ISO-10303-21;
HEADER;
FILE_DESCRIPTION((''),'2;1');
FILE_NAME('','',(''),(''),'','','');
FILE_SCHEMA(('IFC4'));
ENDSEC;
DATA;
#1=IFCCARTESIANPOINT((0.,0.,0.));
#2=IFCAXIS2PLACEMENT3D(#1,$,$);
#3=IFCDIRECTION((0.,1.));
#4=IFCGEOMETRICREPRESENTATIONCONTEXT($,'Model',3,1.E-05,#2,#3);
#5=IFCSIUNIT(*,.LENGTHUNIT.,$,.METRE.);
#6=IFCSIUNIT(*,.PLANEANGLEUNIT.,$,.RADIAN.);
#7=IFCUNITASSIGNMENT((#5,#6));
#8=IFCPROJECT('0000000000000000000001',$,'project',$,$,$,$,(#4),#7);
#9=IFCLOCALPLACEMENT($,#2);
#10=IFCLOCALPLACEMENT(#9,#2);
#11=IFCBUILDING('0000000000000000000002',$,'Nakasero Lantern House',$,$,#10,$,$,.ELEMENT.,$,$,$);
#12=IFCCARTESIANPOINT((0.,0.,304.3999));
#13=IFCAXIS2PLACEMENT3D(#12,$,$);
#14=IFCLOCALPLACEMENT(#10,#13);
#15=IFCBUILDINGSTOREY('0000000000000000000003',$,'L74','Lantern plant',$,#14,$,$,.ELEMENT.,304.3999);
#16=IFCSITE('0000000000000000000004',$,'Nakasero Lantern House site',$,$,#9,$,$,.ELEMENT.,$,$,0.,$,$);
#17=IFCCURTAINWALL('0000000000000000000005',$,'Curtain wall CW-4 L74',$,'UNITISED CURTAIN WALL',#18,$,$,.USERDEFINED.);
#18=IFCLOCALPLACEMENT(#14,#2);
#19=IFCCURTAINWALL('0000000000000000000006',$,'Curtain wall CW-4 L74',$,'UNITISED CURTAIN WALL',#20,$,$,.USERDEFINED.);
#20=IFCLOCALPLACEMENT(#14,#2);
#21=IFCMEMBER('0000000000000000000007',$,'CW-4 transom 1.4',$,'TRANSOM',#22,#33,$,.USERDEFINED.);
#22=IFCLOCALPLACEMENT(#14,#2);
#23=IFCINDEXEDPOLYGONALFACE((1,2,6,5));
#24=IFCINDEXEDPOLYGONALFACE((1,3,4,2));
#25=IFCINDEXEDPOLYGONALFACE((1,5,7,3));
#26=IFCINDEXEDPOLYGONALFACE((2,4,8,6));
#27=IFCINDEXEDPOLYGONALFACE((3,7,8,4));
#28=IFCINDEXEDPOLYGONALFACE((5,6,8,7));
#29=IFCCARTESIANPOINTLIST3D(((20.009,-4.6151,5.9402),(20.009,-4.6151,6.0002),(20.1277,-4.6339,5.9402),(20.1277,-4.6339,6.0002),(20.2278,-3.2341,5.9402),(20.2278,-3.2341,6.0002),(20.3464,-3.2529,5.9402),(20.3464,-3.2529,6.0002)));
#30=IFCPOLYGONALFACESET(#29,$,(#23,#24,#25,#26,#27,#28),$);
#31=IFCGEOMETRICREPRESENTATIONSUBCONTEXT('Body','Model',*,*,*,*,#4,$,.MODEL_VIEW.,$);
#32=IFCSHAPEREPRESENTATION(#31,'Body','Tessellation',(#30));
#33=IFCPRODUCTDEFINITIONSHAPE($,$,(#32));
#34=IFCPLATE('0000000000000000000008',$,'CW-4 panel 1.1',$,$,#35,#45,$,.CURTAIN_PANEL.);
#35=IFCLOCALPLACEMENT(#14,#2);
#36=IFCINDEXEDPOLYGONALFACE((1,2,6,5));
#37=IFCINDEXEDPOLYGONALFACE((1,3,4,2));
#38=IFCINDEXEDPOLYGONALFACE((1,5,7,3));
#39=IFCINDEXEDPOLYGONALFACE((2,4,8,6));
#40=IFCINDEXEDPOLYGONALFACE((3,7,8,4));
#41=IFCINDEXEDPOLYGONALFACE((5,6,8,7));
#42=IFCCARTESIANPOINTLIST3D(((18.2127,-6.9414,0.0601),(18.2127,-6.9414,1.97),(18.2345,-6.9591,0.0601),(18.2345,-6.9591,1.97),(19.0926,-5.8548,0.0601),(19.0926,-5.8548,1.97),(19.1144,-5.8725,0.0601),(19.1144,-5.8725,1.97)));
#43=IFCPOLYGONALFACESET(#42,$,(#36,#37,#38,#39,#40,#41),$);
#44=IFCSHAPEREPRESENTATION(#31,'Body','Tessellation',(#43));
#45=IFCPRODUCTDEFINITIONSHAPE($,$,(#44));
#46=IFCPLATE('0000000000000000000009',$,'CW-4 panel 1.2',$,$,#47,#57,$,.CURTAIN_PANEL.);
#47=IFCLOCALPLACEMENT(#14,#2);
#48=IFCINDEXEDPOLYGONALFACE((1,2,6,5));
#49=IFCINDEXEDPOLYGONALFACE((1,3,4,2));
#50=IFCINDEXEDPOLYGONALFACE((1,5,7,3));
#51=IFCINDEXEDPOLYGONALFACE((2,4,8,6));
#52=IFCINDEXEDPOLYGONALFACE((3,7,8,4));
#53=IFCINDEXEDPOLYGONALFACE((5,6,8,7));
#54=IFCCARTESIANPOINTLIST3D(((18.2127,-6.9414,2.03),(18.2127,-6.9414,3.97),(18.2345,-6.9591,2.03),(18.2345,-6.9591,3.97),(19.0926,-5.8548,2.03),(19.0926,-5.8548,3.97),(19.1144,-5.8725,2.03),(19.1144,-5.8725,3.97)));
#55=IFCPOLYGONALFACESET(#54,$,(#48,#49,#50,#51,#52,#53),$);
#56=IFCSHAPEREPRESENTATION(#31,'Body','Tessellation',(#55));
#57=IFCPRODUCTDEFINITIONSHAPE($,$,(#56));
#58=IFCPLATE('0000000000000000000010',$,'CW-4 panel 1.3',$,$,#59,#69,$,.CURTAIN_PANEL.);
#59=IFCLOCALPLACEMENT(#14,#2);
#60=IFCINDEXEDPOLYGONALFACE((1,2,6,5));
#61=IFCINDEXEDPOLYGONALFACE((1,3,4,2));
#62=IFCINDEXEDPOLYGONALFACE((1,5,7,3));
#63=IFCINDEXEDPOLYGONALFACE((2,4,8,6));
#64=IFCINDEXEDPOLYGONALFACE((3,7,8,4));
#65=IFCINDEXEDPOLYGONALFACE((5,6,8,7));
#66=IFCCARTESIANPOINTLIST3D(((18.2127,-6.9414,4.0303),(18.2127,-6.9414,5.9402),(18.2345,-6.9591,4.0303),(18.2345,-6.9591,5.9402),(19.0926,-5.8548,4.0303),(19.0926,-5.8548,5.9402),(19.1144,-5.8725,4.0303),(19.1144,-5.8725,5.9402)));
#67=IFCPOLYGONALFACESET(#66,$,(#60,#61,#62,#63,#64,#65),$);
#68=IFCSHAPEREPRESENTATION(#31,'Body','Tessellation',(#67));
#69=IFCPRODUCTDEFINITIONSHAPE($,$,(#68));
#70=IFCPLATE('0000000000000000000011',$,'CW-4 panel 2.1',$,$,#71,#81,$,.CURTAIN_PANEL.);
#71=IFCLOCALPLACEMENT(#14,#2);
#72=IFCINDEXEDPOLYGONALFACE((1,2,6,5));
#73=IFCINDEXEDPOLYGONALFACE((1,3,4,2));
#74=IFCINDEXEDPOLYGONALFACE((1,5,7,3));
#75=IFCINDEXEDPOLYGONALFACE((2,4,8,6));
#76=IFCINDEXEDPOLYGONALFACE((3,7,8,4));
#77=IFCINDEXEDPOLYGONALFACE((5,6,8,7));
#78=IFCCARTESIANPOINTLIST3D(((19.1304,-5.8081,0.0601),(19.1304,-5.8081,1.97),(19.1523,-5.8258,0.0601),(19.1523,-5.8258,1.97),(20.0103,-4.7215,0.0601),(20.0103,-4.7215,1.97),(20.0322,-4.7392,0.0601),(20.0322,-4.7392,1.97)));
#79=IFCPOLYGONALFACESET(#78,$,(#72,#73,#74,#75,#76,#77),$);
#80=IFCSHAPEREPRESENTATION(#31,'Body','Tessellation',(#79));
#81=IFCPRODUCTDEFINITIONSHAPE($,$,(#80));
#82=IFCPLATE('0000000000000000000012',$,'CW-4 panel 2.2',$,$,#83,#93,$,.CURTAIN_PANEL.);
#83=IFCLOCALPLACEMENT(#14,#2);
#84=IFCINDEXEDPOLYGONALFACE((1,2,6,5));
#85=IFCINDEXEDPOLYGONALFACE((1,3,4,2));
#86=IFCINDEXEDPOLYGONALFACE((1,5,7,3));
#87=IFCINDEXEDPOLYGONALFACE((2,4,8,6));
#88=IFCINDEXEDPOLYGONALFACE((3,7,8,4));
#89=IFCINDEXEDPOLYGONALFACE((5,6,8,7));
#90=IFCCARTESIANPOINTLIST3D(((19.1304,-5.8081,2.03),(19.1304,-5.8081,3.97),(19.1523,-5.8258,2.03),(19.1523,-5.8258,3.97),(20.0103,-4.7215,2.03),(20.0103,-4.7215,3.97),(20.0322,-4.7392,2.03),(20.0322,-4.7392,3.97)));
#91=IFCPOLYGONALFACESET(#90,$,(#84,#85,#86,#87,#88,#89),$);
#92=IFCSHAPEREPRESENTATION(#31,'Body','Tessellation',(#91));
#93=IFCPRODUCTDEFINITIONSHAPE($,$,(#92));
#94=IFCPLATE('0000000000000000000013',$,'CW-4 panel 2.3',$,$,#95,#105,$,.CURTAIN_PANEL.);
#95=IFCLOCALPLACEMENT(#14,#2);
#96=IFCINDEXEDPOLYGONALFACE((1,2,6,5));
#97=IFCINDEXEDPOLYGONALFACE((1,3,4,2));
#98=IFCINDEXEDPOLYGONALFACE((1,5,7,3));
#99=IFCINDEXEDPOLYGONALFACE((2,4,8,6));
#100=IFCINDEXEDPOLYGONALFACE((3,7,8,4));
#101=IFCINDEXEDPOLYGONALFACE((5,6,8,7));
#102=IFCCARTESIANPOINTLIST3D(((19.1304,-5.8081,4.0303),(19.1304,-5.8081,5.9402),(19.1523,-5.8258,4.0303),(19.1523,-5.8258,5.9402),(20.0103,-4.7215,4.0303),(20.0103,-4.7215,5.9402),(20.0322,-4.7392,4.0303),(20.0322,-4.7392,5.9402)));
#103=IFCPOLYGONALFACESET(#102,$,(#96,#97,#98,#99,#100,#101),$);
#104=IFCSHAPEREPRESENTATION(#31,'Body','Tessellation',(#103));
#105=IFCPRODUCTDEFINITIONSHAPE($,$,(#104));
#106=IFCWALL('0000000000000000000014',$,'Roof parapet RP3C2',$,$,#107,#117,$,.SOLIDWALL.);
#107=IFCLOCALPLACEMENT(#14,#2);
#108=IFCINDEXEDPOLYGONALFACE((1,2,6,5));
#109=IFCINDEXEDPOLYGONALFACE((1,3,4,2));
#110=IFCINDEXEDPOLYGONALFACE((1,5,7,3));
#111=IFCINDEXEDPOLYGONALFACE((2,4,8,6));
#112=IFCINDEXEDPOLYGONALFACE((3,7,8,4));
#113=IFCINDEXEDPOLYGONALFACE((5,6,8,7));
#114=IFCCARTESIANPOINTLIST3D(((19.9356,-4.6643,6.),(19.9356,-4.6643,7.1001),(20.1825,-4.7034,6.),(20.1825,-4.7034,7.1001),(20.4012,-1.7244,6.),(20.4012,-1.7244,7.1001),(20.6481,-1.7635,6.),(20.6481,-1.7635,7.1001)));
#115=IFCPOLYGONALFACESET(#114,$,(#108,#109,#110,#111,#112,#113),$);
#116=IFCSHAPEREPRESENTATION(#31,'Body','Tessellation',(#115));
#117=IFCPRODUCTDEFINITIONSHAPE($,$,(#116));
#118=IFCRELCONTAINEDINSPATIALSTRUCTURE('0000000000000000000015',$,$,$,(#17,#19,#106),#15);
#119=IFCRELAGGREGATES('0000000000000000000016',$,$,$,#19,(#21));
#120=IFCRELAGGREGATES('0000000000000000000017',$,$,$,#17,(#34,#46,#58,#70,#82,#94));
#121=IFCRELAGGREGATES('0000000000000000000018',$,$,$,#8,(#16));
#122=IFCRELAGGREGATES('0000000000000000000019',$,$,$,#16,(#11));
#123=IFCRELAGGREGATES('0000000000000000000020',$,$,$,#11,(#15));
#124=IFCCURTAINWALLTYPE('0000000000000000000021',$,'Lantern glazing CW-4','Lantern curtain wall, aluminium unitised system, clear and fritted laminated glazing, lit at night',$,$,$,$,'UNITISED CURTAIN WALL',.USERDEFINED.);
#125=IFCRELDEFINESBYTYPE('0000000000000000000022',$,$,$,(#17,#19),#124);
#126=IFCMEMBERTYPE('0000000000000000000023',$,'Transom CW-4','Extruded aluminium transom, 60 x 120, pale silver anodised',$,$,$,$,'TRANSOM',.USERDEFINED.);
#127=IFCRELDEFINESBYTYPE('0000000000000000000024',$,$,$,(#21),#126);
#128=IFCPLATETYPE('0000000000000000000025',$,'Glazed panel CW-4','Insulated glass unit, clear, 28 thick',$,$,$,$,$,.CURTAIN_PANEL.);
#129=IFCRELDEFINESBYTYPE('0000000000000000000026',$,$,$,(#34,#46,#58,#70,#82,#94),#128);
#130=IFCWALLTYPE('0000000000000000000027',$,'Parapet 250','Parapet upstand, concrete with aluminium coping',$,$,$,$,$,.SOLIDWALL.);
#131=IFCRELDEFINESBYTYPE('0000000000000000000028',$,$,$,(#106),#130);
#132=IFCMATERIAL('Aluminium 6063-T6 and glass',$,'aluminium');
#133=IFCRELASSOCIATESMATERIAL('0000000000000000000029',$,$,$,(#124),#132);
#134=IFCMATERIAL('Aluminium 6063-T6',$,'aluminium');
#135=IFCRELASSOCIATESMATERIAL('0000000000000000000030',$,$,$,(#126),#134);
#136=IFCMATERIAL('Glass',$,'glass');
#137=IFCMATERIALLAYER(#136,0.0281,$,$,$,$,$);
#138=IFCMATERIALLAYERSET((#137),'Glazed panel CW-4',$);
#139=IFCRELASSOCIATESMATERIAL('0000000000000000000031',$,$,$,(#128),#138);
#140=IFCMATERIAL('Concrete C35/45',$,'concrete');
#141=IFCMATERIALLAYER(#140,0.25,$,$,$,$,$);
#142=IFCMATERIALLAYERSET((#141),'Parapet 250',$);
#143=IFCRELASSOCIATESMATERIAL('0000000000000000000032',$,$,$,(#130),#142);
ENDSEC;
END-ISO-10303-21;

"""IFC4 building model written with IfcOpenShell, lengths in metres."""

from ifc_helpers import new_model, si_unit, direction, frame, frame_2d, origin, origin_2d, place, context, subcontext, project, spatial, rectangle, extrude, material, layer, layer_set, material_profile, profile_set, type_object, element, aggregate, save


model = new_model("IFC4")

# Units and contexts
model_context = context("Model", 3, precision=1e-05, world=origin(), true_north=direction((0.0, 1.0)))
body_context = subcontext(model_context, "Body", "Model", "MODEL_VIEW")
ifc_project = project(units=[si_unit("LENGTHUNIT", "METRE"), si_unit("PLANEANGLEUNIT", "RADIAN")], contexts=[model_context])

# Site, building, storey
site_placement = place(None, origin())
site = spatial("IfcSite", under=ifc_project, at=site_placement, Name="Nakasero Lantern House site", CompositionType="ELEMENT", RefElevation=0.0)
building_placement = place(site_placement, origin())
building = spatial("IfcBuilding", under=site, at=building_placement, Name="Nakasero Lantern House", CompositionType="ELEMENT")
storey_placement = place(building_placement, frame((0.0, 0.0, 304.3999)))
storey = spatial("IfcBuildingStorey", under=building, at=storey_placement, Name="L74", Description="Lantern plant", CompositionType="ELEMENT", Elevation=304.3999)

# Curtain wall
ifc_material_1 = material(Name="Aluminium 6063-T6 and glass", Category="aluminium")
curtain_wall_type = type_object("IfcCurtainWallType", Name="Lantern glazing CW-4", Description="Lantern curtain wall, aluminium unitised system, clear and fritted laminated glazing, lit at night", ElementType="UNITISED CURTAIN WALL", PredefinedType="USERDEFINED", material=ifc_material_1)
curtain_wall_1_placement = place(storey_placement, origin())
curtain_wall_1 = element("IfcCurtainWall", 1, at=curtain_wall_1_placement, inside=storey, type_object=curtain_wall_type, Name="Curtain wall CW-4 L74", ObjectType="UNITISED CURTAIN WALL", PredefinedType="USERDEFINED")

# Curtain wall
curtain_wall_2_placement = place(storey_placement, origin())
curtain_wall_2 = element("IfcCurtainWall", 2, at=curtain_wall_2_placement, inside=storey, type_object=curtain_wall_type, Name="Curtain wall CW-4 L74", ObjectType="UNITISED CURTAIN WALL", PredefinedType="USERDEFINED")

# Member
ifc_material_2 = material(Name="Aluminium 6063-T6", Category="aluminium")
ifc_material_profile_1 = material_profile(ifc_material_2, rectangle(XDim=0.0601, YDim=0.1201, at=origin_2d()), Name="CW-4 transom 60x120")
ifc_profile_set_1 = profile_set([ifc_material_profile_1], Name="Aluminium 6063-T6")
member_type_1 = type_object("IfcMemberType", Name="Transom CW-4", Description="Extruded aluminium transom, 60 x 120, pale silver anodised", ElementType="TRANSOM", PredefinedType="USERDEFINED", material=ifc_profile_set_1)
member_1_placement = place(storey_placement, frame((20.0684, -4.6245, 5.9702), z_axis=(0.156465, 0.987684, 0.0), x_axis=(0.0, 0.0, 1.0)))
member_1 = element("IfcMember", 3, at=member_1_placement, type_object=member_type_1, Name="CW-4 transom 1.4", ObjectType="TRANSOM", PredefinedType="USERDEFINED", context=body_context, shape_type="SweptSolid", body=[
    extrude(rectangle(XDim=0.0601, YDim=0.1201, at=origin_2d()), origin(), (0.0, 0.0, 1.0), 1.3982),
])
aggregate(curtain_wall_2, [member_1])

# Plates
ifc_material_3 = material(Name="Glass", Category="glass")
ifc_layer_1 = layer(ifc_material_3, 0.0281)
ifc_layer_set_1 = layer_set([ifc_layer_1], Name="Glazed panel CW-4")
plate_type = type_object("IfcPlateType", Name="Glazed panel CW-4", Description="Insulated glass unit, clear, 28 thick", PredefinedType="CURTAIN_PANEL", material=ifc_layer_set_1)
plate_1_placement = place(storey_placement, frame((18.6636, -6.407, 0.0601), z_axis=(0.0, 0.0, 1.0), x_axis=(0.62932, 0.777146, 0.0)))
plate_1 = element("IfcPlate", 4, at=plate_1_placement, type_object=plate_type, Name="CW-4 panel 1.1", PredefinedType="CURTAIN_PANEL", context=body_context, shape_type="SweptSolid", body=[
    extrude(rectangle(XDim=1.3982, YDim=0.0281, at=origin_2d()), origin(), (0.0, 0.0, 1.0), 1.9099),
])
plate_2_placement = place(storey_placement, frame((18.6636, -6.407, 2.03), z_axis=(0.0, 0.0, 1.0), x_axis=(0.62932, 0.777146, 0.0)))
plate_2 = element("IfcPlate", 5, at=plate_2_placement, type_object=plate_type, Name="CW-4 panel 1.2", PredefinedType="CURTAIN_PANEL", context=body_context, shape_type="SweptSolid", body=[
    extrude(rectangle(XDim=1.3982, YDim=0.0281, at=origin_2d()), origin(), (0.0, 0.0, 1.0), 1.9399),
])
plate_3_placement = place(storey_placement, frame((18.6636, -6.407, 4.0303), z_axis=(0.0, 0.0, 1.0), x_axis=(0.62932, 0.777146, 0.0)))
plate_3 = element("IfcPlate", 6, at=plate_3_placement, type_object=plate_type, Name="CW-4 panel 1.3", PredefinedType="CURTAIN_PANEL", context=body_context, shape_type="SweptSolid", body=[
    extrude(rectangle(XDim=1.3982, YDim=0.0281, at=origin_2d()), origin(), (0.0, 0.0, 1.0), 1.9099),
])
plate_4_placement = place(storey_placement, frame((19.5813, -5.2737, 0.0601), z_axis=(0.0, 0.0, 1.0), x_axis=(0.62932, 0.777146, 0.0)))
plate_4 = element("IfcPlate", 7, at=plate_4_placement, type_object=plate_type, Name="CW-4 panel 2.1", PredefinedType="CURTAIN_PANEL", context=body_context, shape_type="SweptSolid", body=[
    extrude(rectangle(XDim=1.3982, YDim=0.0281, at=origin_2d()), origin(), (0.0, 0.0, 1.0), 1.9099),
])
plate_5_placement = place(storey_placement, frame((19.5813, -5.2737, 2.03), z_axis=(0.0, 0.0, 1.0), x_axis=(0.62932, 0.777146, 0.0)))
plate_5 = element("IfcPlate", 8, at=plate_5_placement, type_object=plate_type, Name="CW-4 panel 2.2", PredefinedType="CURTAIN_PANEL", context=body_context, shape_type="SweptSolid", body=[
    extrude(rectangle(XDim=1.3982, YDim=0.0281, at=origin_2d()), origin(), (0.0, 0.0, 1.0), 1.9399),
])
plate_6_placement = place(storey_placement, frame((19.5813, -5.2737, 4.0303), z_axis=(0.0, 0.0, 1.0), x_axis=(0.62932, 0.777146, 0.0)))
plate_6 = element("IfcPlate", 9, at=plate_6_placement, type_object=plate_type, Name="CW-4 panel 2.3", PredefinedType="CURTAIN_PANEL", context=body_context, shape_type="SweptSolid", body=[
    extrude(rectangle(XDim=1.3982, YDim=0.0281, at=origin_2d()), origin(), (0.0, 0.0, 1.0), 1.9099),
])
aggregate(curtain_wall_1, [plate_1, plate_2, plate_3, plate_4, plate_5, plate_6])

# Wall
ifc_material_4 = material(Name="Concrete C35/45", Category="concrete")
ifc_layer_2 = layer(ifc_material_4, 0.25)
ifc_layer_set_2 = layer_set([ifc_layer_2], Name="Parapet 250")
wall_type = type_object("IfcWallType", Name="Parapet 250", Description="Parapet upstand, concrete with aluminium coping", PredefinedType="SOLIDWALL", material=ifc_layer_set_2)
wall_placement = place(storey_placement, frame((20.0591, -4.6838, 6.0), z_axis=(0.0, 0.0, 1.0), x_axis=(0.156413, 0.987692, 0.0)))
element("IfcWall", 10, at=wall_placement, inside=storey, type_object=wall_type, Name="Roof parapet RP3C2", PredefinedType="SOLIDWALL", context=body_context, shape_type="SweptSolid", body=[
    extrude(rectangle(XDim=2.9766, YDim=0.25, at=frame_2d((1.4883, 0.0))), origin(), (0.0, 0.0, 1.0), 1.1001),
])

save(model, "model.ifc")
